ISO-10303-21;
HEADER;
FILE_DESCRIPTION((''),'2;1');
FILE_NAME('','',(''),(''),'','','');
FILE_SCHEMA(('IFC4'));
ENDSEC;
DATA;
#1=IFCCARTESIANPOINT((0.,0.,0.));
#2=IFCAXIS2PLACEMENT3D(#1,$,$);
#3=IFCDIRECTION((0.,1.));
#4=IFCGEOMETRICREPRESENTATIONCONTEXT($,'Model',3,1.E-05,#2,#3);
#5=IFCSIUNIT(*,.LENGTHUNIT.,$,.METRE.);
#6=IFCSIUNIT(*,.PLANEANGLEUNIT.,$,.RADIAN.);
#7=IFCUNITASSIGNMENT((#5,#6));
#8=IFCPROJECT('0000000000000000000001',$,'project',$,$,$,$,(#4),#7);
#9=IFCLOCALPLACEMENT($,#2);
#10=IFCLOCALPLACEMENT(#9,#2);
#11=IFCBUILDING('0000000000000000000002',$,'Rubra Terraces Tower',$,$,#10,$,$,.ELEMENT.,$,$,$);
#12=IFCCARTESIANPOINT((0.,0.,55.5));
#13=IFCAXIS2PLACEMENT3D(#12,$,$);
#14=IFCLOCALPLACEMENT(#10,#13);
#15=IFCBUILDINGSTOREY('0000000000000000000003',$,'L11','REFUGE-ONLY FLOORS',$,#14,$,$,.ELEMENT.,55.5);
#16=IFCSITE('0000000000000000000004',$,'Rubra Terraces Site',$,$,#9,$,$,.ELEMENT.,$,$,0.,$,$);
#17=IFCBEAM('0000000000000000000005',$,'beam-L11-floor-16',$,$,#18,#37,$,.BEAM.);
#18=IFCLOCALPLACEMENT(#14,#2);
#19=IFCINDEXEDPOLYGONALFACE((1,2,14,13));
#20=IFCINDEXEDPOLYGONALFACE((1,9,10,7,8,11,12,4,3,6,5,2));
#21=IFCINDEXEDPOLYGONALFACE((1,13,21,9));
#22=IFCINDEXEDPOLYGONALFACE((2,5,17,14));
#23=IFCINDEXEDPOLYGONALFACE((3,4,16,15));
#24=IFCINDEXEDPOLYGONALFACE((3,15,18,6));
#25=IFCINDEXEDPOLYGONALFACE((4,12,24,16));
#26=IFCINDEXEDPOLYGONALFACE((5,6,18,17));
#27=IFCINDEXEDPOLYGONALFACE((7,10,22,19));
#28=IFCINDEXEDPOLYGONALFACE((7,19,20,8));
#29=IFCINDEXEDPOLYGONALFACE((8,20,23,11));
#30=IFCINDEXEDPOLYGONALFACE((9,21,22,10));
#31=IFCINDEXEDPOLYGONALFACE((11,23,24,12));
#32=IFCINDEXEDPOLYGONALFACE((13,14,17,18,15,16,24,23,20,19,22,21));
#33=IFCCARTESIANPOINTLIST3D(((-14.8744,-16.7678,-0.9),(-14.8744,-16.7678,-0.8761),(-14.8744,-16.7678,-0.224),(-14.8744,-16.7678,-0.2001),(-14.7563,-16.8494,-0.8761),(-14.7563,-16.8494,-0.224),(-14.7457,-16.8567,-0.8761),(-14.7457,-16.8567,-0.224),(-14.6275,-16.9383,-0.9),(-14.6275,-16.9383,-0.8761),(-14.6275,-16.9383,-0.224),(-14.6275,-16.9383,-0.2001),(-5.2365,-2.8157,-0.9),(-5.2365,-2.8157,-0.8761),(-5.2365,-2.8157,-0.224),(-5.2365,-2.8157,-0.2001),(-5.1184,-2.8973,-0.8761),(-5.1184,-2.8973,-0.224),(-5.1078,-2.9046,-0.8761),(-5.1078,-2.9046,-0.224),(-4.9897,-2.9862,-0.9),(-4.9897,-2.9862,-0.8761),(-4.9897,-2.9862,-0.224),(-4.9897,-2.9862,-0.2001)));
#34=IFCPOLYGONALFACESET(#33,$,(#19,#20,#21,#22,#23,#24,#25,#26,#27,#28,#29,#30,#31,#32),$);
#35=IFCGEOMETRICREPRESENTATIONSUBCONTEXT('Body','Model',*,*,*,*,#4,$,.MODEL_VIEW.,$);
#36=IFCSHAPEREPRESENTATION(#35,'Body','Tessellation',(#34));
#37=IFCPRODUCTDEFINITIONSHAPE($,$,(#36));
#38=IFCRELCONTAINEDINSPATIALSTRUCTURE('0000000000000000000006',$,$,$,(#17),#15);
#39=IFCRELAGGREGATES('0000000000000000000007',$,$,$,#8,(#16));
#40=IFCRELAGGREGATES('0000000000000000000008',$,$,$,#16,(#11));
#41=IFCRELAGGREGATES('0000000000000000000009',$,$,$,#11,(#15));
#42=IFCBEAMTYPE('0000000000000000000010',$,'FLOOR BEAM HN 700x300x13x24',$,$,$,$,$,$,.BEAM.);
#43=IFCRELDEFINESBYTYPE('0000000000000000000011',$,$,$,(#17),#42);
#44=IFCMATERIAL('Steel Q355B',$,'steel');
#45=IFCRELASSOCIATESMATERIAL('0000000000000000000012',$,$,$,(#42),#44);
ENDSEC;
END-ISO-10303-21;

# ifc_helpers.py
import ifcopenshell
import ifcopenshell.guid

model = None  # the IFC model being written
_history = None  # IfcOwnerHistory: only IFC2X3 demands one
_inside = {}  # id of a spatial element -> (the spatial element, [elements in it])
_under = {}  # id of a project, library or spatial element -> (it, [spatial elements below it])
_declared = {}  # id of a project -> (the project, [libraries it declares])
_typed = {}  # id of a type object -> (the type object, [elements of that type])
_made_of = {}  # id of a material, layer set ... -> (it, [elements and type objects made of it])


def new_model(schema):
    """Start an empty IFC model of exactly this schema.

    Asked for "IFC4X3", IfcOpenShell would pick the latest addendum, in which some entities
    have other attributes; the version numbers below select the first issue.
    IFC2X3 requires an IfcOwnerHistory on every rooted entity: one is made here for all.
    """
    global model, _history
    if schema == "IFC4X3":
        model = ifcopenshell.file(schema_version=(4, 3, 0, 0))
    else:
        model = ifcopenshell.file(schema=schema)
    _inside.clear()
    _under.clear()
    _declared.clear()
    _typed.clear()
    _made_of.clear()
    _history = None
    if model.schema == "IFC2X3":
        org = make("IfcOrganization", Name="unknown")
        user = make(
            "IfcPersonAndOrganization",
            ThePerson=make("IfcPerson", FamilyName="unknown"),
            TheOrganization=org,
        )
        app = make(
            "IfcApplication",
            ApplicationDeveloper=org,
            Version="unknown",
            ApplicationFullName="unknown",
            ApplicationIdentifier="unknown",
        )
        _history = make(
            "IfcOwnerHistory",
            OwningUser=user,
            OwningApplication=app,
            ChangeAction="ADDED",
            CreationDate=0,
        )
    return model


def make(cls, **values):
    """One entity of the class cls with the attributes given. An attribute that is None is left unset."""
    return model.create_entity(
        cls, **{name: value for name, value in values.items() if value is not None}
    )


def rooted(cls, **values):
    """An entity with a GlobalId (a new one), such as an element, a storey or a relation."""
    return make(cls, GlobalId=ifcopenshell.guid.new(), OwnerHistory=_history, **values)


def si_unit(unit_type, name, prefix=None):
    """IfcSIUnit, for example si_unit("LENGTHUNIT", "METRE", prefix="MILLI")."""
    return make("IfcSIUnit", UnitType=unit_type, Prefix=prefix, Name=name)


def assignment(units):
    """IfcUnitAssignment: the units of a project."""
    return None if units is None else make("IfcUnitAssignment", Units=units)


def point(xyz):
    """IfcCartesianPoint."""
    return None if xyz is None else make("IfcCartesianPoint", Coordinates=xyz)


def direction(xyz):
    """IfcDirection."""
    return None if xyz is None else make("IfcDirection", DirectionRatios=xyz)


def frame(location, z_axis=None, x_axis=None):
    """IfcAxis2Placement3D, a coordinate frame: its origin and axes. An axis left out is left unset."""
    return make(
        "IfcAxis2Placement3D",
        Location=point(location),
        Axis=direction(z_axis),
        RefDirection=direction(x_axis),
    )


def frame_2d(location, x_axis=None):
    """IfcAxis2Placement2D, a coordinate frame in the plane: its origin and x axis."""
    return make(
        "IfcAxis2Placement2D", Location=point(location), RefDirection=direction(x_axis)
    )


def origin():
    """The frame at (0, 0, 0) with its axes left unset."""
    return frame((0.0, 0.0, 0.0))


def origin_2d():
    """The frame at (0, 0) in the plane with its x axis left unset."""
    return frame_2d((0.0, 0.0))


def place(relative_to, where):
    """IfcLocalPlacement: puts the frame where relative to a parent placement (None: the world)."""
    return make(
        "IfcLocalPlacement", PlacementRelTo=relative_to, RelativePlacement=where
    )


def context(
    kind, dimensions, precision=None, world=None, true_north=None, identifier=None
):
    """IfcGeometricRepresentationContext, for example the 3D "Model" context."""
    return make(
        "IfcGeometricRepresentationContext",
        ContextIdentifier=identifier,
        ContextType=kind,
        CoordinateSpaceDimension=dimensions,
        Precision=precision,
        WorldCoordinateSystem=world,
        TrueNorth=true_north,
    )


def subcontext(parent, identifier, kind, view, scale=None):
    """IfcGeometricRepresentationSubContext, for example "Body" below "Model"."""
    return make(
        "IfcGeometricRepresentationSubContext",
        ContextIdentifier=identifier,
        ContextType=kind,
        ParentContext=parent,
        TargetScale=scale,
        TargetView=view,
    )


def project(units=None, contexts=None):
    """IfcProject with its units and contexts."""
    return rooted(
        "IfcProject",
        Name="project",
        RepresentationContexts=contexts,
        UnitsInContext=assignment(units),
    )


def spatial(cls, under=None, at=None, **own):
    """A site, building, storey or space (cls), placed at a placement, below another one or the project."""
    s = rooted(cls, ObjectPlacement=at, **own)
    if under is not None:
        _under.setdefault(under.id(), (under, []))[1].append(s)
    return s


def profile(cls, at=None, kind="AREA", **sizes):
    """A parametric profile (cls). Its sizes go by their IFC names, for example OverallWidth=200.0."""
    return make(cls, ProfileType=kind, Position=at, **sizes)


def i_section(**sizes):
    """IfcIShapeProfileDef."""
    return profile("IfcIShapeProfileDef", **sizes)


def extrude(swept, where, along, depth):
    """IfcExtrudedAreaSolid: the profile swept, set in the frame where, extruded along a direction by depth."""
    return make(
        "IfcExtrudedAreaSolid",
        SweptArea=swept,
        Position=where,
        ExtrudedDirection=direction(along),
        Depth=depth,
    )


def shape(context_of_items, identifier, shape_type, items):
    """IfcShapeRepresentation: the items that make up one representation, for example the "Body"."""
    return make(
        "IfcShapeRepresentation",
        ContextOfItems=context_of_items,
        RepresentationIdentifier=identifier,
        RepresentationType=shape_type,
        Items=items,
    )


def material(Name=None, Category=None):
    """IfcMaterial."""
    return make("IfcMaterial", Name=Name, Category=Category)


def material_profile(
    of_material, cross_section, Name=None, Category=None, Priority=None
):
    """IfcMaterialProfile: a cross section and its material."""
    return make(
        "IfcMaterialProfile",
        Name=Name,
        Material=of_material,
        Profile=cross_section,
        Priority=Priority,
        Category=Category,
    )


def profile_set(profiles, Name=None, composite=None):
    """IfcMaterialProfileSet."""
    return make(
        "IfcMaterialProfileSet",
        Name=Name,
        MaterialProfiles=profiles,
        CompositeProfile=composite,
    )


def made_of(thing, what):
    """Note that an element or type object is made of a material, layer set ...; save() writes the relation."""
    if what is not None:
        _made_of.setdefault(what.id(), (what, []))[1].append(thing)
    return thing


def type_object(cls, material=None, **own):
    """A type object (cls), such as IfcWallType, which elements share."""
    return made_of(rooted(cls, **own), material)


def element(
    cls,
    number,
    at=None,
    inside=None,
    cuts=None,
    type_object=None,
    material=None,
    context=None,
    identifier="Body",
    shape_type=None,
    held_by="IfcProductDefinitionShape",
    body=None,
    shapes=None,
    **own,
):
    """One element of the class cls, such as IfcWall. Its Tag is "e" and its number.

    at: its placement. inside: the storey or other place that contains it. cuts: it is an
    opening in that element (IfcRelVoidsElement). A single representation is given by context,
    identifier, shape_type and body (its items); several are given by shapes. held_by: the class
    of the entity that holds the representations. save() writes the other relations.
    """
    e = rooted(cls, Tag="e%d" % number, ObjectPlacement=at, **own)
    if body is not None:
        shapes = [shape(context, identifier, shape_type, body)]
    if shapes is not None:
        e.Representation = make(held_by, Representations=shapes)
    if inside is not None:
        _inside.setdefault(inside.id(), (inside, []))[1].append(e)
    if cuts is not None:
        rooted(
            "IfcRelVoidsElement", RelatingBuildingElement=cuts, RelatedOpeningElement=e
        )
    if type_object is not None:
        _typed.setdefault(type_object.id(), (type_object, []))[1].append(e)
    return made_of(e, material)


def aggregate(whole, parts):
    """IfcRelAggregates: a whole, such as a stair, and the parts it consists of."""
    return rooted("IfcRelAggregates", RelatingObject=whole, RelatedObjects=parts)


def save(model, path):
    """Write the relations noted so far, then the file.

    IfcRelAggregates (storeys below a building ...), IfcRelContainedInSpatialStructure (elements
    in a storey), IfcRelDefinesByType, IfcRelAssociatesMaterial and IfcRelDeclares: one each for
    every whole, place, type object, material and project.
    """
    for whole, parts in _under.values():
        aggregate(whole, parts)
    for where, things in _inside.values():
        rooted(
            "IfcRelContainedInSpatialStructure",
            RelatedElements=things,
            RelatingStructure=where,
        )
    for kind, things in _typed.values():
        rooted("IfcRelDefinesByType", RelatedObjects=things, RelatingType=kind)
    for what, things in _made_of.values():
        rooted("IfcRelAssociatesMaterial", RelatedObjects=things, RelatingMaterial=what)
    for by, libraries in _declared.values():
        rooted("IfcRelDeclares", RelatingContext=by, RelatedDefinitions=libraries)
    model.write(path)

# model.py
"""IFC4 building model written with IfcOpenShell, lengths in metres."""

from ifc_helpers import new_model, si_unit, direction, frame, origin, origin_2d, place, context, subcontext, project, spatial, i_section, extrude, material, material_profile, profile_set, type_object, element, save


model = new_model("IFC4")

# Units and contexts
model_context = context("Model", 3, precision=1e-05, world=origin(), true_north=direction((0.0, 1.0)))
body_context = subcontext(model_context, "Body", "Model", "MODEL_VIEW")
ifc_project = project(units=[si_unit("LENGTHUNIT", "METRE"), si_unit("PLANEANGLEUNIT", "RADIAN")], contexts=[model_context])

# Site, building, storey
site_placement = place(None, origin())
site = spatial("IfcSite", under=ifc_project, at=site_placement, Name="Rubra Terraces Site", CompositionType="ELEMENT", RefElevation=0.0)
building_placement = place(site_placement, origin())
building = spatial("IfcBuilding", under=site, at=building_placement, Name="Rubra Terraces Tower", CompositionType="ELEMENT")
storey_placement = place(building_placement, frame((0.0, 0.0, 55.5)))
storey = spatial("IfcBuildingStorey", under=building, at=storey_placement, Name="L11", Description="REFUGE-ONLY FLOORS", CompositionType="ELEMENT", Elevation=55.5)

# Beam
ifc_material_1 = material(Name="Steel Q355B", Category="steel")
ifc_material_profile = material_profile(ifc_material_1, i_section(OverallWidth=0.3, OverallDepth=0.7, WebThickness=0.0129, FlangeThickness=0.0239, at=origin_2d()), Name="HN 700x300x13x24")
ifc_profile_set = profile_set([ifc_material_profile], Name="Steel Q355B")
beam_type = type_object("IfcBeamType", Name="FLOOR BEAM HN 700x300x13x24", PredefinedType="BEAM", material=ifc_profile_set)
beam_placement = place(storey_placement, frame((-14.751, -16.853, -0.55), z_axis=(0.568363, 0.822778, 0.0), x_axis=(-0.822778, 0.568363, 0.0)))
element("IfcBeam", 1, at=beam_placement, inside=storey, type_object=beam_type, Name="beam-L11-floor-16", PredefinedType="BEAM", context=body_context, shape_type="SweptSolid", body=[
    extrude(i_section(OverallWidth=0.3, OverallDepth=0.7, WebThickness=0.0129, FlangeThickness=0.0239, at=origin_2d()), origin(), (0.0, 0.0, 1.0), 16.9573),
])

save(model, "model.ifc")
